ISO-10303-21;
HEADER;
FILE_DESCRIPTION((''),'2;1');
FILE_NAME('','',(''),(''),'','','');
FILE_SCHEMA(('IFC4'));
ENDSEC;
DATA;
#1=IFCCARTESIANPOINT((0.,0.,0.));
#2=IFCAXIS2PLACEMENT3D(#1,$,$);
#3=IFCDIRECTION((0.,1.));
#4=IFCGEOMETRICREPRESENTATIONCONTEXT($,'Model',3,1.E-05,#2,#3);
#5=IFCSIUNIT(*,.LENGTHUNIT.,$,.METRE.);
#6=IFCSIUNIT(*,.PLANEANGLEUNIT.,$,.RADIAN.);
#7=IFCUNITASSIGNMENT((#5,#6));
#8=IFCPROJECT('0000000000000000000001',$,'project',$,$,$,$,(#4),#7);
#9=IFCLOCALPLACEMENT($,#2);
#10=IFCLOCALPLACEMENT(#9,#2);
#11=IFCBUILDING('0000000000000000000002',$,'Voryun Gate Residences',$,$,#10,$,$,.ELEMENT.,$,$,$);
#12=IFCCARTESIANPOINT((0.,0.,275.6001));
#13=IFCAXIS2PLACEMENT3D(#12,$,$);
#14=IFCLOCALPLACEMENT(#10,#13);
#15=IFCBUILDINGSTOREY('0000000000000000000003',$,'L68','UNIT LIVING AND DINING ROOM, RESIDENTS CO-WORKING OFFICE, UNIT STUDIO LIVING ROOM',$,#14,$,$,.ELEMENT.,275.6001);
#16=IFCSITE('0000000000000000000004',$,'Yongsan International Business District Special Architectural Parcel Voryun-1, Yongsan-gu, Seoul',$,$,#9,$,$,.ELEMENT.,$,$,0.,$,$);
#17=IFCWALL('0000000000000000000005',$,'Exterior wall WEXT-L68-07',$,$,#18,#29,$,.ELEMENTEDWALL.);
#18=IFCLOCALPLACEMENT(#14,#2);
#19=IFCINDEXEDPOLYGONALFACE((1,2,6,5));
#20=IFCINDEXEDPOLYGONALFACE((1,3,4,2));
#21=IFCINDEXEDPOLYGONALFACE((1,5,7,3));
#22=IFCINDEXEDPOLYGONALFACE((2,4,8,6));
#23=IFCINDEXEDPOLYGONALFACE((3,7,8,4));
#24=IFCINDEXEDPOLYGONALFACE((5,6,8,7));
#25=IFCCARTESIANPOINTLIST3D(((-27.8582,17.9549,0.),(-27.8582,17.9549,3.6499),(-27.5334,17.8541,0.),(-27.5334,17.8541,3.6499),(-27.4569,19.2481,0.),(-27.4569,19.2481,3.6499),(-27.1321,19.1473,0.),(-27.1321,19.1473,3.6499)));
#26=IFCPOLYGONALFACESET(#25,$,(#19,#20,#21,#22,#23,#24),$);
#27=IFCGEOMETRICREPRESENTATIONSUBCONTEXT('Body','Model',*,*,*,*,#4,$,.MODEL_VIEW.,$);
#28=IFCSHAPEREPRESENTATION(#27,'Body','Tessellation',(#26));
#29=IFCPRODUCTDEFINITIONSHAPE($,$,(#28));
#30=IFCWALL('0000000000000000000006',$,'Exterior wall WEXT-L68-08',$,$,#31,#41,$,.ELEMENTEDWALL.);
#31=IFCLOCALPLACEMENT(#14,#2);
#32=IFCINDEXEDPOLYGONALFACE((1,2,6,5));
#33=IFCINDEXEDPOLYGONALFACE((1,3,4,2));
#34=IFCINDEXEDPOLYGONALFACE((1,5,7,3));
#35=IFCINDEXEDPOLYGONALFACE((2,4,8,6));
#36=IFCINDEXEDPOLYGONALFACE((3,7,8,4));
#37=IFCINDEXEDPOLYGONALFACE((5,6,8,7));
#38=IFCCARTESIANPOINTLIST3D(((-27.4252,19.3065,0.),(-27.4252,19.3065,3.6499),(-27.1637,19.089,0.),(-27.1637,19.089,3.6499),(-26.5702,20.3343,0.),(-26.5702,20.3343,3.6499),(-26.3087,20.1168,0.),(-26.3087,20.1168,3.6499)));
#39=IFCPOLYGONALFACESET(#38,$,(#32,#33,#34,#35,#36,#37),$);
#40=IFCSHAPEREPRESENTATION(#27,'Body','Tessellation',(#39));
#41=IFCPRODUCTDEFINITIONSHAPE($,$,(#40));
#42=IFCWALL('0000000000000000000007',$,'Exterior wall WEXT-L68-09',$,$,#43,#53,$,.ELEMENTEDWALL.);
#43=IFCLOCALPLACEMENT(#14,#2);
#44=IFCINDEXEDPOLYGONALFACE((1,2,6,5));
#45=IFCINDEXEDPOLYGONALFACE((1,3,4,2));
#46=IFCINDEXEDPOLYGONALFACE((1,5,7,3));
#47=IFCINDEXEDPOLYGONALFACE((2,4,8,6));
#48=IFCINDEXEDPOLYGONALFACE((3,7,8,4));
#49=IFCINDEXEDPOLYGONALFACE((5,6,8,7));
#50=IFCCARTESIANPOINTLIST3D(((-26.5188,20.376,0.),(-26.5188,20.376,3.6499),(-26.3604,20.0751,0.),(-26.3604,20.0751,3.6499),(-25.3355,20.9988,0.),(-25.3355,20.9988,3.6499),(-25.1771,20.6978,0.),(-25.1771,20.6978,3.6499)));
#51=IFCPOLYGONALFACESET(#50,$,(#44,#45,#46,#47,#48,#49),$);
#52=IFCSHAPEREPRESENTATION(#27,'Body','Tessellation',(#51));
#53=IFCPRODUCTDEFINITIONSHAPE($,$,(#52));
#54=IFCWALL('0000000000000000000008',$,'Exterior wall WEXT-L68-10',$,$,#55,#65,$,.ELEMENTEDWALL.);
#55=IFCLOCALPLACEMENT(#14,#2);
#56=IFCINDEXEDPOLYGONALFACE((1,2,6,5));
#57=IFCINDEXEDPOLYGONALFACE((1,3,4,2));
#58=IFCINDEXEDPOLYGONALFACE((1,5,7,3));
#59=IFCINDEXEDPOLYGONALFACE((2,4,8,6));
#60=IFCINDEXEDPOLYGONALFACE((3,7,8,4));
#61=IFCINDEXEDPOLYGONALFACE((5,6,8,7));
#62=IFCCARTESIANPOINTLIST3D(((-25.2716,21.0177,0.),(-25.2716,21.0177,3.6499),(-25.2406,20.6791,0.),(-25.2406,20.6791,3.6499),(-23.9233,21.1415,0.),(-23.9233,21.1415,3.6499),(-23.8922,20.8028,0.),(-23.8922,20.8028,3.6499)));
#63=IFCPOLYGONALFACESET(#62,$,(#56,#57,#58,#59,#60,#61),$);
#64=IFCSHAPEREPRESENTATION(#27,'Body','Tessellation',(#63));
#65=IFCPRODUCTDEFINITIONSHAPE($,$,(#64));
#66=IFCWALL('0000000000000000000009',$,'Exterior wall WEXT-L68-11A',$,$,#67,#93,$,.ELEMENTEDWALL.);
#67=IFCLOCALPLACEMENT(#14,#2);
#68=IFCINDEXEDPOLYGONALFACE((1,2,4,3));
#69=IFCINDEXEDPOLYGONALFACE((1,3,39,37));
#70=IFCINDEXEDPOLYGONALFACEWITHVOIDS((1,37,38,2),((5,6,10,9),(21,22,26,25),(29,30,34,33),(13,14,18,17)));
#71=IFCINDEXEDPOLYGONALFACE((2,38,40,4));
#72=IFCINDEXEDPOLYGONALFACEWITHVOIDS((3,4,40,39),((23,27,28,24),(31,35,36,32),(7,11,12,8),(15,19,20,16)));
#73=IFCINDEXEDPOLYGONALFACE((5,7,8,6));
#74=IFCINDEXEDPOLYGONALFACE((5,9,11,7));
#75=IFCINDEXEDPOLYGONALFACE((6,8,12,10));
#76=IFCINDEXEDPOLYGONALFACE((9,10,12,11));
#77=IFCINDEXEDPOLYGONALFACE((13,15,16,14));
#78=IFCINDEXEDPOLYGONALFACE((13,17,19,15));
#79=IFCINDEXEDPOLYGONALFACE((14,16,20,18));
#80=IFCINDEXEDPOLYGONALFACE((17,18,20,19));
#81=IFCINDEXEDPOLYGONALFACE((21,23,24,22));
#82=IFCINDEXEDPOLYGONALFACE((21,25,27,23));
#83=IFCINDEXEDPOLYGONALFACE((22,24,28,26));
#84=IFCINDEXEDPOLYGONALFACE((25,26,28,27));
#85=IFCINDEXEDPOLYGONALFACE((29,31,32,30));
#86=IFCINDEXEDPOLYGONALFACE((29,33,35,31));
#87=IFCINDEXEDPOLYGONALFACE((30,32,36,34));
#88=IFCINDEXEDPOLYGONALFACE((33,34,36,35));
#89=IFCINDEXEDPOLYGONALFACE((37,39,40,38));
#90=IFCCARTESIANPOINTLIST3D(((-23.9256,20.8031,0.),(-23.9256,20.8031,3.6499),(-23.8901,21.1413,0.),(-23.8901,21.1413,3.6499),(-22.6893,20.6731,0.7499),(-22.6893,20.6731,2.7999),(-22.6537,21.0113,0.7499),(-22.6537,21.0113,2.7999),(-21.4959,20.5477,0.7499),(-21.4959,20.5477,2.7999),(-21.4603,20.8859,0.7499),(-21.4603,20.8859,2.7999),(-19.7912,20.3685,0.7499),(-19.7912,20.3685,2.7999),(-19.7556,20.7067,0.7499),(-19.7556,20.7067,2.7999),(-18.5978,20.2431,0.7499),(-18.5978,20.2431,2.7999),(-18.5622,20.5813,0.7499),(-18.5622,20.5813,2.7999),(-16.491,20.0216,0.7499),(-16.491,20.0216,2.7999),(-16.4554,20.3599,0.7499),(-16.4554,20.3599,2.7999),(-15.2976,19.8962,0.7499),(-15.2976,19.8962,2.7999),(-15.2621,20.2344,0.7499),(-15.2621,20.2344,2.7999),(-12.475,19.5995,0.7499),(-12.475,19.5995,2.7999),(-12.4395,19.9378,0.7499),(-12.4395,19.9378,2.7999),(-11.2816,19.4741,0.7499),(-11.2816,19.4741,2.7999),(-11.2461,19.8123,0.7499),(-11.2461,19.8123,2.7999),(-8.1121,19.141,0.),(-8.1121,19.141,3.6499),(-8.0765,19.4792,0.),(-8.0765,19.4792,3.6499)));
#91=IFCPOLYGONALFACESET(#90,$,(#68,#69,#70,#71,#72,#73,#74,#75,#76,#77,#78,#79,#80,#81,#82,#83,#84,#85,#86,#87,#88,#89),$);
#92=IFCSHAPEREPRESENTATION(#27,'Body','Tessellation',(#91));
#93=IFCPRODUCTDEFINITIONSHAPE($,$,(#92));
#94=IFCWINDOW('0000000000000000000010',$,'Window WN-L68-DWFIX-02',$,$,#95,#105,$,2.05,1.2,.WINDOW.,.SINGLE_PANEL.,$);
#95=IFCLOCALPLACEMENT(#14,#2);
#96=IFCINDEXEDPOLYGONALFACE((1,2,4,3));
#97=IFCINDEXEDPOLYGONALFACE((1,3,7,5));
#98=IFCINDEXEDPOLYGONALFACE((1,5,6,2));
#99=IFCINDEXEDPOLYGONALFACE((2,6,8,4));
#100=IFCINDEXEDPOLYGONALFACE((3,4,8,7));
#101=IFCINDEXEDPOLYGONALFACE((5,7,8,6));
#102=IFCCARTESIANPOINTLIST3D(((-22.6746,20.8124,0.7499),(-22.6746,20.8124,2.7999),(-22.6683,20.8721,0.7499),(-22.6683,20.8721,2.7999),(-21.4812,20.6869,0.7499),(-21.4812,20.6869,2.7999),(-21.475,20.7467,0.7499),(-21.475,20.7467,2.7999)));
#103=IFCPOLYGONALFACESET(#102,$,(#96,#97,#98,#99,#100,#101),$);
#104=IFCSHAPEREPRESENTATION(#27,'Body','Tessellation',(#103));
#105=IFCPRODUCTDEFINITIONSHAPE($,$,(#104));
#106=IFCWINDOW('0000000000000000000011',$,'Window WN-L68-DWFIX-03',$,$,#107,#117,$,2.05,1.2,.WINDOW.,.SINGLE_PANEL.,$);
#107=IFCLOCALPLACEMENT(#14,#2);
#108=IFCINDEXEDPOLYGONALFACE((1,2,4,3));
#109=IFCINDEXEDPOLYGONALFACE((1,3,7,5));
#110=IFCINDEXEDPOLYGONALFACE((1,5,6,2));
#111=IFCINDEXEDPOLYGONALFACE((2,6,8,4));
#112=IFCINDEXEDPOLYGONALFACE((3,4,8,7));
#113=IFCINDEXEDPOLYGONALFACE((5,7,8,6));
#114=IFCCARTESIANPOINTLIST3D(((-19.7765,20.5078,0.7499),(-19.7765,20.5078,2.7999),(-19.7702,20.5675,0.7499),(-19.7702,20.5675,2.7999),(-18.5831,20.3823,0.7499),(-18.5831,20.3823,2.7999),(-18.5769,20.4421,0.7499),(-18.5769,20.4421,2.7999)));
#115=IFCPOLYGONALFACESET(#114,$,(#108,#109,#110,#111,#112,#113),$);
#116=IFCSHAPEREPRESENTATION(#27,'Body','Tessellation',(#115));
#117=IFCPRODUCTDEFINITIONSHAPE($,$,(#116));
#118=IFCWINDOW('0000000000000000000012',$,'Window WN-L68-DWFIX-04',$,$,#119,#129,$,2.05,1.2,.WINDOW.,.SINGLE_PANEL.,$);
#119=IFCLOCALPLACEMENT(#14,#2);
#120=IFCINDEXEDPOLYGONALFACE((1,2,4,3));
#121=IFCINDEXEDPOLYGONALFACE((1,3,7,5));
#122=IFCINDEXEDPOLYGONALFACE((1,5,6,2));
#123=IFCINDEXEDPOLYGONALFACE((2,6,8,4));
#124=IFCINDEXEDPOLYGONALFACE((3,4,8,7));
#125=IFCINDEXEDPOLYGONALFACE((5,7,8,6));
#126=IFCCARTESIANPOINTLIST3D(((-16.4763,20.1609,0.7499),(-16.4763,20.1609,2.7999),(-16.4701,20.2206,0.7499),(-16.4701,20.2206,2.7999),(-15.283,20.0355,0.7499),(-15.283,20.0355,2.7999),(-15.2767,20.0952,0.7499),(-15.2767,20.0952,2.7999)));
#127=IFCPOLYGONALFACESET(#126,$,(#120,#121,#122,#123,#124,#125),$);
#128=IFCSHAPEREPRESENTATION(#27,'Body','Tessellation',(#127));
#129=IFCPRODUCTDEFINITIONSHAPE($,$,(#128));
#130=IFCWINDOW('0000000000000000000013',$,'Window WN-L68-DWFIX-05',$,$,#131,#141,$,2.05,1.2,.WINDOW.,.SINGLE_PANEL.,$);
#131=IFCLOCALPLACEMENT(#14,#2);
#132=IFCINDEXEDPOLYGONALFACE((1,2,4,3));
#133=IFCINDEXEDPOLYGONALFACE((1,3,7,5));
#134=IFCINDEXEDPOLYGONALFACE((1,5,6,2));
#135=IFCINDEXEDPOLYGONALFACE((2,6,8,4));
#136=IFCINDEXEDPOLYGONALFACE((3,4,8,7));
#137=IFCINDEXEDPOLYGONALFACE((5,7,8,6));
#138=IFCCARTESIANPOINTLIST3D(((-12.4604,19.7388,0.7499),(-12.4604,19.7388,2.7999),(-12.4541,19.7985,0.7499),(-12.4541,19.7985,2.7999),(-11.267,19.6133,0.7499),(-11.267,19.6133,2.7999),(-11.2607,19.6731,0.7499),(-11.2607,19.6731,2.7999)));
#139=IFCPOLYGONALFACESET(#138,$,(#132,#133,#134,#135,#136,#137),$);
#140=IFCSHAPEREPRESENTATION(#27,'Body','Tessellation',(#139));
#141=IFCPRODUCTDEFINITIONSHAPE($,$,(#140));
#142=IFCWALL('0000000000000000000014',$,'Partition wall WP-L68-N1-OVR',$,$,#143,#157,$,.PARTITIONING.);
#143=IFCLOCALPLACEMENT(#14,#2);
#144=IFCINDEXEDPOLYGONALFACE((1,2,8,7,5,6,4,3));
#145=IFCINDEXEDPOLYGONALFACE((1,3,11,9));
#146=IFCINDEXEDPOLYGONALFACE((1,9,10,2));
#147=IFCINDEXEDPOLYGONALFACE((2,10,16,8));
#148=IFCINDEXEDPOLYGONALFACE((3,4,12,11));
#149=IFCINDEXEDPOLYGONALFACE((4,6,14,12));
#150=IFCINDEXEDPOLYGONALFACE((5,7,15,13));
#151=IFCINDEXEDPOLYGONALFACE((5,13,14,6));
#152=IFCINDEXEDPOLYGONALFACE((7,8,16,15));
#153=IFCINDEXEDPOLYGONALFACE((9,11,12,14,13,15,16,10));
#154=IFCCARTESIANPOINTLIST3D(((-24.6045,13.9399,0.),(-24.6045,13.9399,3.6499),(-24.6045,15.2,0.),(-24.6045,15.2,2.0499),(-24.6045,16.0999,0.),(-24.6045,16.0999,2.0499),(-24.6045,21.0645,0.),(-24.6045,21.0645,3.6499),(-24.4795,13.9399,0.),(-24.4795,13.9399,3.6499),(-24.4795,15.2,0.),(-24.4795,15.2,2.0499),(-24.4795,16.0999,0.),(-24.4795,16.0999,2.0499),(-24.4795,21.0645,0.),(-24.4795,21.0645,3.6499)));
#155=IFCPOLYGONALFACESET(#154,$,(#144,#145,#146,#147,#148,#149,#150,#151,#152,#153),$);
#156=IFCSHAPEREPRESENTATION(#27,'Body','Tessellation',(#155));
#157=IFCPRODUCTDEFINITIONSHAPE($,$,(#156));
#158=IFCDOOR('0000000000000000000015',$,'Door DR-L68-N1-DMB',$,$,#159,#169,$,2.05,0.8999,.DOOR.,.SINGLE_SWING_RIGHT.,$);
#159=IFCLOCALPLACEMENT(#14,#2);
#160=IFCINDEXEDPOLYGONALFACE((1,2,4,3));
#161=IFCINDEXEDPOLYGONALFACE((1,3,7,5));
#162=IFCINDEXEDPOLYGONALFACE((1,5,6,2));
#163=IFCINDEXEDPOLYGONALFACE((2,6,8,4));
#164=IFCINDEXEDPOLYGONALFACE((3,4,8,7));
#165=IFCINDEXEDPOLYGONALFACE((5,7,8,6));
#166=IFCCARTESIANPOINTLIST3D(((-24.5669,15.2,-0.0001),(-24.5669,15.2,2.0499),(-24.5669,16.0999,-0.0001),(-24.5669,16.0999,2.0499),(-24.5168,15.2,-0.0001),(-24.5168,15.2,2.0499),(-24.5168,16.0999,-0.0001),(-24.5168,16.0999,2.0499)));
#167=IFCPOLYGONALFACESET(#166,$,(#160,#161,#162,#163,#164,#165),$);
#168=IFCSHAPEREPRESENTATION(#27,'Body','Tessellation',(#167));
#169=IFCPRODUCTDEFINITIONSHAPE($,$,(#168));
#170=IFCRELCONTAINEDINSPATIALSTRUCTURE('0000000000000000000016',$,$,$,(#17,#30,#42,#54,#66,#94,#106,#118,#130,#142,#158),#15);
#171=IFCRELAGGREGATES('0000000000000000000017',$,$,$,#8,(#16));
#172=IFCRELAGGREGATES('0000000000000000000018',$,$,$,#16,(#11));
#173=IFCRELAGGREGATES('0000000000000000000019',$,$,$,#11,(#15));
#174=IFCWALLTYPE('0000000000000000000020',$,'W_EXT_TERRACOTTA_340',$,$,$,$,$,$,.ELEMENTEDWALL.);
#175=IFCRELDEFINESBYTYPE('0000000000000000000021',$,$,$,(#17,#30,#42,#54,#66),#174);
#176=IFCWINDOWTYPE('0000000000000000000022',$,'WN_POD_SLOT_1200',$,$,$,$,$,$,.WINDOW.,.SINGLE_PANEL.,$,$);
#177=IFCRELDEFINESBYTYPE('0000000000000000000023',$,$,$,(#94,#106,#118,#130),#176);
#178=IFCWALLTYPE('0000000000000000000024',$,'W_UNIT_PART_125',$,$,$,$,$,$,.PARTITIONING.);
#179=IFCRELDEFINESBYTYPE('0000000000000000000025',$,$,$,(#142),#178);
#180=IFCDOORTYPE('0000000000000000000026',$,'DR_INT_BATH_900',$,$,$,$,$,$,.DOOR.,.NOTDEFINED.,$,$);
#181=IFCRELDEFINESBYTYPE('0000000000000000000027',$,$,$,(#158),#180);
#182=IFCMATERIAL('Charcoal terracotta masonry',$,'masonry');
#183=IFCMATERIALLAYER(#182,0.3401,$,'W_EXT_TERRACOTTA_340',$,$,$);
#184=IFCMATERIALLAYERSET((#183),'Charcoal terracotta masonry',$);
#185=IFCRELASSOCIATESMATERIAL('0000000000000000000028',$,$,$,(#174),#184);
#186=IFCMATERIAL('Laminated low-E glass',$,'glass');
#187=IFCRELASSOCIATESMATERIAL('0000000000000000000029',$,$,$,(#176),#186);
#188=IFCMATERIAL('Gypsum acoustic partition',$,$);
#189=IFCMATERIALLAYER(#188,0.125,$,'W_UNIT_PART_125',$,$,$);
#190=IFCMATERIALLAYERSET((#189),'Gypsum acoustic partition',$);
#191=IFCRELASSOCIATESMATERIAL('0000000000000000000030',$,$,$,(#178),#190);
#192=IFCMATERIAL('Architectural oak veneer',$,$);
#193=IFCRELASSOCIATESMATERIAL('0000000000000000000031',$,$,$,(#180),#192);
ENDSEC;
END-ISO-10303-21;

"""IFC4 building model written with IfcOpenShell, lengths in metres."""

from ifc_helpers import new_model, si_unit, direction, frame, frame_2d, origin, place, context, subcontext, project, spatial, rectangle, extrude, material, layer, layer_set, type_object, element, fill, save


model = new_model("IFC4")

# Units and contexts
model_context = context("Model", 3, precision=1e-05, world=origin(), true_north=direction((0.0, 1.0)))
body_context = subcontext(model_context, "Body", "Model", "MODEL_VIEW")
ifc_project = project(units=[si_unit("LENGTHUNIT", "METRE"), si_unit("PLANEANGLEUNIT", "RADIAN")], contexts=[model_context])

# Site, building, storey
site_placement = place(None, origin())
site = spatial("IfcSite", under=ifc_project, at=site_placement, Name="Yongsan International Business District Special Architectural Parcel Voryun-1, Yongsan-gu, Seoul", CompositionType="ELEMENT", RefElevation=0.0)
building_placement = place(site_placement, origin())
building = spatial("IfcBuilding", under=site, at=building_placement, Name="Voryun Gate Residences", CompositionType="ELEMENT")
storey_placement = place(building_placement, frame((0.0, 0.0, 275.6001)))
storey = spatial("IfcBuildingStorey", under=building, at=storey_placement, Name="L68", Description="UNIT LIVING AND DINING ROOM, RESIDENTS CO-WORKING OFFICE, UNIT STUDIO LIVING ROOM", CompositionType="ELEMENT", Elevation=275.6001)

# Walls
ifc_material_1 = material(Name="Charcoal terracotta masonry", Category="masonry")
ifc_layer_1 = layer(ifc_material_1, 0.3401, Name="W_EXT_TERRACOTTA_340")
ifc_layer_set_1 = layer_set([ifc_layer_1], Name="Charcoal terracotta masonry")
wall_type_1 = type_object("IfcWallType", Name="W_EXT_TERRACOTTA_340", PredefinedType="ELEMENTEDWALL", material=ifc_layer_set_1)
wall_1_placement = place(storey_placement, frame((-27.6958, 17.9045, 0.0), z_axis=(0.0, 0.0, 1.0), x_axis=(0.296416, 0.955059, 0.0)))
element("IfcWall", 1, at=wall_1_placement, inside=storey, type_object=wall_type_1, Name="Exterior wall WEXT-L68-07", PredefinedType="ELEMENTEDWALL", context=body_context, shape_type="SweptSolid", body=[
    extrude(rectangle(XDim=1.354, YDim=0.3401, at=frame_2d((0.677, 0.0))), origin(), (0.0, 0.0, 1.0), 3.6499),
])
wall_2_placement = place(storey_placement, frame((-27.2944, 19.1978, 0.0), z_axis=(0.0, 0.0, 1.0), x_axis=(0.639502, 0.76879, 0.0)))
element("IfcWall", 2, at=wall_2_placement, inside=storey, type_object=wall_type_1, Name="Exterior wall WEXT-L68-08", PredefinedType="ELEMENTEDWALL", context=body_context, shape_type="SweptSolid", body=[
    extrude(rectangle(XDim=1.3369, YDim=0.3401, at=frame_2d((0.6685, 0.0))), origin(), (0.0, 0.0, 1.0), 3.6499),
])
wall_3_placement = place(storey_placement, frame((-26.4395, 20.2256, 0.0), z_axis=(0.0, 0.0, 1.0), x_axis=(0.884922, 0.465739, 0.0)))
element("IfcWall", 3, at=wall_3_placement, inside=storey, type_object=wall_type_1, Name="Exterior wall WEXT-L68-09", PredefinedType="ELEMENTEDWALL", context=body_context, shape_type="SweptSolid", body=[
    extrude(rectangle(XDim=1.3372, YDim=0.3401, at=frame_2d((0.6685, 0.0))), origin(), (0.0, 0.0, 1.0), 3.6499),
])
wall_4_placement = place(storey_placement, frame((-25.2561, 20.8484, 0.0), z_axis=(0.0, 0.0, 1.0), x_axis=(0.995813, 0.091414, 0.0)))
element("IfcWall", 4, at=wall_4_placement, inside=storey, type_object=wall_type_1, Name="Exterior wall WEXT-L68-10", PredefinedType="ELEMENTEDWALL", context=body_context, shape_type="SweptSolid", body=[
    extrude(rectangle(XDim=1.354, YDim=0.3401, at=frame_2d((0.677, 0.0))), origin(), (0.0, 0.0, 1.0), 3.6499),
])

# Wall, openings, windows
wall_5_placement = place(storey_placement, frame((-23.9077, 20.9722, 0.0), z_axis=(0.0, 0.0, 1.0), x_axis=(0.994522, -0.104531, 0.0)))
wall_5 = element("IfcWall", 5, at=wall_5_placement, inside=storey, type_object=wall_type_1, Name="Exterior wall WEXT-L68-11A", PredefinedType="ELEMENTEDWALL", context=body_context, shape_type="SweptSolid", body=[
    extrude(rectangle(XDim=15.9006, YDim=0.3401, at=frame_2d((7.9502, 0.0))), origin(), (0.0, 0.0, 1.0), 3.6499),
])
opening_1_placement = place(wall_5_placement, frame((1.2429, 0.0, 0.75)))
opening_1 = element("IfcOpeningElement", 6, at=opening_1_placement, cuts=wall_5, PredefinedType="OPENING", context=body_context, shape_type="SweptSolid", body=[
    extrude(rectangle(XDim=1.2, YDim=2.05, at=frame_2d((0.6001, 1.0249))), frame((0.0, 0.1799, 0.0), z_axis=(0.0, -1.0, 0.0), x_axis=(1.0, 0.0, 0.0)), (0.0, 0.0, 1.0), 0.3601),
])
opening_2_placement = place(wall_5_placement, frame((4.157, 0.0, 0.75)))
opening_2 = element("IfcOpeningElement", 7, at=opening_2_placement, cuts=wall_5, PredefinedType="OPENING", context=body_context, shape_type="SweptSolid", body=[
    extrude(rectangle(XDim=1.2, YDim=2.05, at=frame_2d((0.6001, 1.0249))), frame((0.0, 0.1799, 0.0), z_axis=(0.0, -1.0, 0.0), x_axis=(1.0, 0.0, 0.0)), (0.0, 0.0, 1.0), 0.3601),
])
opening_3_placement = place(wall_5_placement, frame((7.4753, 0.0, 0.75)))
opening_3 = element("IfcOpeningElement", 8, at=opening_3_placement, cuts=wall_5, PredefinedType="OPENING", context=body_context, shape_type="SweptSolid", body=[
    extrude(rectangle(XDim=1.2, YDim=2.05, at=frame_2d((0.6001, 1.0249))), frame((0.0, 0.1799, 0.0), z_axis=(0.0, -1.0, 0.0), x_axis=(1.0, 0.0, 0.0)), (0.0, 0.0, 1.0), 0.3601),
])
opening_4_placement = place(wall_5_placement, frame((11.5134, 0.0, 0.75)))
opening_4 = element("IfcOpeningElement", 9, at=opening_4_placement, cuts=wall_5, PredefinedType="OPENING", context=body_context, shape_type="SweptSolid", body=[
    extrude(rectangle(XDim=1.2, YDim=2.05, at=frame_2d((0.6001, 1.0249))), frame((0.0, 0.1799, 0.0), z_axis=(0.0, -1.0, 0.0), x_axis=(1.0, 0.0, 0.0)), (0.0, 0.0, 1.0), 0.3601),
])
ifc_material_2 = material(Name="Laminated low-E glass", Category="glass")
window_type = type_object("IfcWindowType", Name="WN_POD_SLOT_1200", PartitioningType="SINGLE_PANEL", PredefinedType="WINDOW", material=ifc_material_2)
window_1_placement = place(opening_1_placement, origin())
window_1 = element("IfcWindow", 10, at=window_1_placement, inside=storey, type_object=window_type, Name="Window WN-L68-DWFIX-02", OverallHeight=2.05, OverallWidth=1.2, PartitioningType="SINGLE_PANEL", PredefinedType="WINDOW", context=body_context, shape_type="SweptSolid", body=[
    extrude(rectangle(XDim=1.2, YDim=2.05, at=frame_2d((0.6001, 1.0249))), frame((0.0, 0.03, 0.0), z_axis=(0.0, -1.0, 0.0), x_axis=(1.0, 0.0, 0.0)), (0.0, 0.0, 1.0), 0.0601),
])
fill(opening_1, window_1)
window_2_placement = place(opening_2_placement, origin())
window_2 = element("IfcWindow", 11, at=window_2_placement, inside=storey, type_object=window_type, Name="Window WN-L68-DWFIX-03", OverallHeight=2.05, OverallWidth=1.2, PartitioningType="SINGLE_PANEL", PredefinedType="WINDOW", context=body_context, shape_type="SweptSolid", body=[
    extrude(rectangle(XDim=1.2, YDim=2.05, at=frame_2d((0.6001, 1.0249))), frame((0.0, 0.03, 0.0), z_axis=(0.0, -1.0, 0.0), x_axis=(1.0, 0.0, 0.0)), (0.0, 0.0, 1.0), 0.0601),
])
fill(opening_2, window_2)
window_3_placement = place(opening_3_placement, origin())
window_3 = element("IfcWindow", 12, at=window_3_placement, inside=storey, type_object=window_type, Name="Window WN-L68-DWFIX-04", OverallHeight=2.05, OverallWidth=1.2, PartitioningType="SINGLE_PANEL", PredefinedType="WINDOW", context=body_context, shape_type="SweptSolid", body=[
    extrude(rectangle(XDim=1.2, YDim=2.05, at=frame_2d((0.6001, 1.0249))), frame((0.0, 0.03, 0.0), z_axis=(0.0, -1.0, 0.0), x_axis=(1.0, 0.0, 0.0)), (0.0, 0.0, 1.0), 0.0601),
])
fill(opening_3, window_3)
window_4_placement = place(opening_4_placement, origin())
window_4 = element("IfcWindow", 13, at=window_4_placement, inside=storey, type_object=window_type, Name="Window WN-L68-DWFIX-05", OverallHeight=2.05, OverallWidth=1.2, PartitioningType="SINGLE_PANEL", PredefinedType="WINDOW", context=body_context, shape_type="SweptSolid", body=[
    extrude(rectangle(XDim=1.2, YDim=2.05, at=frame_2d((0.6001, 1.0249))), frame((0.0, 0.03, 0.0), z_axis=(0.0, -1.0, 0.0), x_axis=(1.0, 0.0, 0.0)), (0.0, 0.0, 1.0), 0.0601),
])
fill(opening_4, window_4)

# Wall, opening, door
ifc_material_3 = material(Name="Gypsum acoustic partition")
ifc_layer_2 = layer(ifc_material_3, 0.125, Name="W_UNIT_PART_125")
ifc_layer_set_2 = layer_set([ifc_layer_2], Name="Gypsum acoustic partition")
wall_type_2 = type_object("IfcWallType", Name="W_UNIT_PART_125", PredefinedType="PARTITIONING", material=ifc_layer_set_2)
wall_6_placement = place(storey_placement, frame((-24.542, 13.9399, 0.0), z_axis=(0.0, 0.0, 1.0), x_axis=(0.0, 1.0, 0.0)))
wall_6 = element("IfcWall", 14, at=wall_6_placement, inside=storey, type_object=wall_type_2, Name="Partition wall WP-L68-N1-OVR", PredefinedType="PARTITIONING", context=body_context, shape_type="SweptSolid", body=[
    extrude(rectangle(XDim=7.1245, YDim=0.125, at=frame_2d((3.5623, 0.0))), origin(), (0.0, 0.0, 1.0), 3.6499),
])
opening_5_placement = place(wall_6_placement, frame((1.26, 0.0, 0.0)))
opening_5 = element("IfcOpeningElement", 15, at=opening_5_placement, cuts=wall_6, PredefinedType="OPENING", context=body_context, shape_type="SweptSolid", body=[
    extrude(rectangle(XDim=0.8999, YDim=2.05, at=frame_2d((0.45, 1.0249))), frame((0.0, 0.0725, 0.0), z_axis=(0.0, -1.0, 0.0), x_axis=(1.0, 0.0, 0.0)), (0.0, 0.0, 1.0), 0.145),
])
ifc_material_4 = material(Name="Architectural oak veneer")
door_type = type_object("IfcDoorType", Name="DR_INT_BATH_900", OperationType="NOTDEFINED", PredefinedType="DOOR", material=ifc_material_4)
door_placement = place(opening_5_placement, origin())
door = element("IfcDoor", 16, at=door_placement, inside=storey, type_object=door_type, Name="Door DR-L68-N1-DMB", OperationType="SINGLE_SWING_RIGHT", OverallHeight=2.05, OverallWidth=0.8999, PredefinedType="DOOR", context=body_context, shape_type="SweptSolid", body=[
    extrude(rectangle(XDim=0.8999, YDim=2.05, at=frame_2d((0.45, 1.0249))), frame((0.0, 0.0249, 0.0), z_axis=(0.0, -1.0, 0.0), x_axis=(1.0, 0.0, 0.0)), (0.0, 0.0, 1.0), 0.05),
])
fill(opening_5, door)

save(model, "model.ifc")
